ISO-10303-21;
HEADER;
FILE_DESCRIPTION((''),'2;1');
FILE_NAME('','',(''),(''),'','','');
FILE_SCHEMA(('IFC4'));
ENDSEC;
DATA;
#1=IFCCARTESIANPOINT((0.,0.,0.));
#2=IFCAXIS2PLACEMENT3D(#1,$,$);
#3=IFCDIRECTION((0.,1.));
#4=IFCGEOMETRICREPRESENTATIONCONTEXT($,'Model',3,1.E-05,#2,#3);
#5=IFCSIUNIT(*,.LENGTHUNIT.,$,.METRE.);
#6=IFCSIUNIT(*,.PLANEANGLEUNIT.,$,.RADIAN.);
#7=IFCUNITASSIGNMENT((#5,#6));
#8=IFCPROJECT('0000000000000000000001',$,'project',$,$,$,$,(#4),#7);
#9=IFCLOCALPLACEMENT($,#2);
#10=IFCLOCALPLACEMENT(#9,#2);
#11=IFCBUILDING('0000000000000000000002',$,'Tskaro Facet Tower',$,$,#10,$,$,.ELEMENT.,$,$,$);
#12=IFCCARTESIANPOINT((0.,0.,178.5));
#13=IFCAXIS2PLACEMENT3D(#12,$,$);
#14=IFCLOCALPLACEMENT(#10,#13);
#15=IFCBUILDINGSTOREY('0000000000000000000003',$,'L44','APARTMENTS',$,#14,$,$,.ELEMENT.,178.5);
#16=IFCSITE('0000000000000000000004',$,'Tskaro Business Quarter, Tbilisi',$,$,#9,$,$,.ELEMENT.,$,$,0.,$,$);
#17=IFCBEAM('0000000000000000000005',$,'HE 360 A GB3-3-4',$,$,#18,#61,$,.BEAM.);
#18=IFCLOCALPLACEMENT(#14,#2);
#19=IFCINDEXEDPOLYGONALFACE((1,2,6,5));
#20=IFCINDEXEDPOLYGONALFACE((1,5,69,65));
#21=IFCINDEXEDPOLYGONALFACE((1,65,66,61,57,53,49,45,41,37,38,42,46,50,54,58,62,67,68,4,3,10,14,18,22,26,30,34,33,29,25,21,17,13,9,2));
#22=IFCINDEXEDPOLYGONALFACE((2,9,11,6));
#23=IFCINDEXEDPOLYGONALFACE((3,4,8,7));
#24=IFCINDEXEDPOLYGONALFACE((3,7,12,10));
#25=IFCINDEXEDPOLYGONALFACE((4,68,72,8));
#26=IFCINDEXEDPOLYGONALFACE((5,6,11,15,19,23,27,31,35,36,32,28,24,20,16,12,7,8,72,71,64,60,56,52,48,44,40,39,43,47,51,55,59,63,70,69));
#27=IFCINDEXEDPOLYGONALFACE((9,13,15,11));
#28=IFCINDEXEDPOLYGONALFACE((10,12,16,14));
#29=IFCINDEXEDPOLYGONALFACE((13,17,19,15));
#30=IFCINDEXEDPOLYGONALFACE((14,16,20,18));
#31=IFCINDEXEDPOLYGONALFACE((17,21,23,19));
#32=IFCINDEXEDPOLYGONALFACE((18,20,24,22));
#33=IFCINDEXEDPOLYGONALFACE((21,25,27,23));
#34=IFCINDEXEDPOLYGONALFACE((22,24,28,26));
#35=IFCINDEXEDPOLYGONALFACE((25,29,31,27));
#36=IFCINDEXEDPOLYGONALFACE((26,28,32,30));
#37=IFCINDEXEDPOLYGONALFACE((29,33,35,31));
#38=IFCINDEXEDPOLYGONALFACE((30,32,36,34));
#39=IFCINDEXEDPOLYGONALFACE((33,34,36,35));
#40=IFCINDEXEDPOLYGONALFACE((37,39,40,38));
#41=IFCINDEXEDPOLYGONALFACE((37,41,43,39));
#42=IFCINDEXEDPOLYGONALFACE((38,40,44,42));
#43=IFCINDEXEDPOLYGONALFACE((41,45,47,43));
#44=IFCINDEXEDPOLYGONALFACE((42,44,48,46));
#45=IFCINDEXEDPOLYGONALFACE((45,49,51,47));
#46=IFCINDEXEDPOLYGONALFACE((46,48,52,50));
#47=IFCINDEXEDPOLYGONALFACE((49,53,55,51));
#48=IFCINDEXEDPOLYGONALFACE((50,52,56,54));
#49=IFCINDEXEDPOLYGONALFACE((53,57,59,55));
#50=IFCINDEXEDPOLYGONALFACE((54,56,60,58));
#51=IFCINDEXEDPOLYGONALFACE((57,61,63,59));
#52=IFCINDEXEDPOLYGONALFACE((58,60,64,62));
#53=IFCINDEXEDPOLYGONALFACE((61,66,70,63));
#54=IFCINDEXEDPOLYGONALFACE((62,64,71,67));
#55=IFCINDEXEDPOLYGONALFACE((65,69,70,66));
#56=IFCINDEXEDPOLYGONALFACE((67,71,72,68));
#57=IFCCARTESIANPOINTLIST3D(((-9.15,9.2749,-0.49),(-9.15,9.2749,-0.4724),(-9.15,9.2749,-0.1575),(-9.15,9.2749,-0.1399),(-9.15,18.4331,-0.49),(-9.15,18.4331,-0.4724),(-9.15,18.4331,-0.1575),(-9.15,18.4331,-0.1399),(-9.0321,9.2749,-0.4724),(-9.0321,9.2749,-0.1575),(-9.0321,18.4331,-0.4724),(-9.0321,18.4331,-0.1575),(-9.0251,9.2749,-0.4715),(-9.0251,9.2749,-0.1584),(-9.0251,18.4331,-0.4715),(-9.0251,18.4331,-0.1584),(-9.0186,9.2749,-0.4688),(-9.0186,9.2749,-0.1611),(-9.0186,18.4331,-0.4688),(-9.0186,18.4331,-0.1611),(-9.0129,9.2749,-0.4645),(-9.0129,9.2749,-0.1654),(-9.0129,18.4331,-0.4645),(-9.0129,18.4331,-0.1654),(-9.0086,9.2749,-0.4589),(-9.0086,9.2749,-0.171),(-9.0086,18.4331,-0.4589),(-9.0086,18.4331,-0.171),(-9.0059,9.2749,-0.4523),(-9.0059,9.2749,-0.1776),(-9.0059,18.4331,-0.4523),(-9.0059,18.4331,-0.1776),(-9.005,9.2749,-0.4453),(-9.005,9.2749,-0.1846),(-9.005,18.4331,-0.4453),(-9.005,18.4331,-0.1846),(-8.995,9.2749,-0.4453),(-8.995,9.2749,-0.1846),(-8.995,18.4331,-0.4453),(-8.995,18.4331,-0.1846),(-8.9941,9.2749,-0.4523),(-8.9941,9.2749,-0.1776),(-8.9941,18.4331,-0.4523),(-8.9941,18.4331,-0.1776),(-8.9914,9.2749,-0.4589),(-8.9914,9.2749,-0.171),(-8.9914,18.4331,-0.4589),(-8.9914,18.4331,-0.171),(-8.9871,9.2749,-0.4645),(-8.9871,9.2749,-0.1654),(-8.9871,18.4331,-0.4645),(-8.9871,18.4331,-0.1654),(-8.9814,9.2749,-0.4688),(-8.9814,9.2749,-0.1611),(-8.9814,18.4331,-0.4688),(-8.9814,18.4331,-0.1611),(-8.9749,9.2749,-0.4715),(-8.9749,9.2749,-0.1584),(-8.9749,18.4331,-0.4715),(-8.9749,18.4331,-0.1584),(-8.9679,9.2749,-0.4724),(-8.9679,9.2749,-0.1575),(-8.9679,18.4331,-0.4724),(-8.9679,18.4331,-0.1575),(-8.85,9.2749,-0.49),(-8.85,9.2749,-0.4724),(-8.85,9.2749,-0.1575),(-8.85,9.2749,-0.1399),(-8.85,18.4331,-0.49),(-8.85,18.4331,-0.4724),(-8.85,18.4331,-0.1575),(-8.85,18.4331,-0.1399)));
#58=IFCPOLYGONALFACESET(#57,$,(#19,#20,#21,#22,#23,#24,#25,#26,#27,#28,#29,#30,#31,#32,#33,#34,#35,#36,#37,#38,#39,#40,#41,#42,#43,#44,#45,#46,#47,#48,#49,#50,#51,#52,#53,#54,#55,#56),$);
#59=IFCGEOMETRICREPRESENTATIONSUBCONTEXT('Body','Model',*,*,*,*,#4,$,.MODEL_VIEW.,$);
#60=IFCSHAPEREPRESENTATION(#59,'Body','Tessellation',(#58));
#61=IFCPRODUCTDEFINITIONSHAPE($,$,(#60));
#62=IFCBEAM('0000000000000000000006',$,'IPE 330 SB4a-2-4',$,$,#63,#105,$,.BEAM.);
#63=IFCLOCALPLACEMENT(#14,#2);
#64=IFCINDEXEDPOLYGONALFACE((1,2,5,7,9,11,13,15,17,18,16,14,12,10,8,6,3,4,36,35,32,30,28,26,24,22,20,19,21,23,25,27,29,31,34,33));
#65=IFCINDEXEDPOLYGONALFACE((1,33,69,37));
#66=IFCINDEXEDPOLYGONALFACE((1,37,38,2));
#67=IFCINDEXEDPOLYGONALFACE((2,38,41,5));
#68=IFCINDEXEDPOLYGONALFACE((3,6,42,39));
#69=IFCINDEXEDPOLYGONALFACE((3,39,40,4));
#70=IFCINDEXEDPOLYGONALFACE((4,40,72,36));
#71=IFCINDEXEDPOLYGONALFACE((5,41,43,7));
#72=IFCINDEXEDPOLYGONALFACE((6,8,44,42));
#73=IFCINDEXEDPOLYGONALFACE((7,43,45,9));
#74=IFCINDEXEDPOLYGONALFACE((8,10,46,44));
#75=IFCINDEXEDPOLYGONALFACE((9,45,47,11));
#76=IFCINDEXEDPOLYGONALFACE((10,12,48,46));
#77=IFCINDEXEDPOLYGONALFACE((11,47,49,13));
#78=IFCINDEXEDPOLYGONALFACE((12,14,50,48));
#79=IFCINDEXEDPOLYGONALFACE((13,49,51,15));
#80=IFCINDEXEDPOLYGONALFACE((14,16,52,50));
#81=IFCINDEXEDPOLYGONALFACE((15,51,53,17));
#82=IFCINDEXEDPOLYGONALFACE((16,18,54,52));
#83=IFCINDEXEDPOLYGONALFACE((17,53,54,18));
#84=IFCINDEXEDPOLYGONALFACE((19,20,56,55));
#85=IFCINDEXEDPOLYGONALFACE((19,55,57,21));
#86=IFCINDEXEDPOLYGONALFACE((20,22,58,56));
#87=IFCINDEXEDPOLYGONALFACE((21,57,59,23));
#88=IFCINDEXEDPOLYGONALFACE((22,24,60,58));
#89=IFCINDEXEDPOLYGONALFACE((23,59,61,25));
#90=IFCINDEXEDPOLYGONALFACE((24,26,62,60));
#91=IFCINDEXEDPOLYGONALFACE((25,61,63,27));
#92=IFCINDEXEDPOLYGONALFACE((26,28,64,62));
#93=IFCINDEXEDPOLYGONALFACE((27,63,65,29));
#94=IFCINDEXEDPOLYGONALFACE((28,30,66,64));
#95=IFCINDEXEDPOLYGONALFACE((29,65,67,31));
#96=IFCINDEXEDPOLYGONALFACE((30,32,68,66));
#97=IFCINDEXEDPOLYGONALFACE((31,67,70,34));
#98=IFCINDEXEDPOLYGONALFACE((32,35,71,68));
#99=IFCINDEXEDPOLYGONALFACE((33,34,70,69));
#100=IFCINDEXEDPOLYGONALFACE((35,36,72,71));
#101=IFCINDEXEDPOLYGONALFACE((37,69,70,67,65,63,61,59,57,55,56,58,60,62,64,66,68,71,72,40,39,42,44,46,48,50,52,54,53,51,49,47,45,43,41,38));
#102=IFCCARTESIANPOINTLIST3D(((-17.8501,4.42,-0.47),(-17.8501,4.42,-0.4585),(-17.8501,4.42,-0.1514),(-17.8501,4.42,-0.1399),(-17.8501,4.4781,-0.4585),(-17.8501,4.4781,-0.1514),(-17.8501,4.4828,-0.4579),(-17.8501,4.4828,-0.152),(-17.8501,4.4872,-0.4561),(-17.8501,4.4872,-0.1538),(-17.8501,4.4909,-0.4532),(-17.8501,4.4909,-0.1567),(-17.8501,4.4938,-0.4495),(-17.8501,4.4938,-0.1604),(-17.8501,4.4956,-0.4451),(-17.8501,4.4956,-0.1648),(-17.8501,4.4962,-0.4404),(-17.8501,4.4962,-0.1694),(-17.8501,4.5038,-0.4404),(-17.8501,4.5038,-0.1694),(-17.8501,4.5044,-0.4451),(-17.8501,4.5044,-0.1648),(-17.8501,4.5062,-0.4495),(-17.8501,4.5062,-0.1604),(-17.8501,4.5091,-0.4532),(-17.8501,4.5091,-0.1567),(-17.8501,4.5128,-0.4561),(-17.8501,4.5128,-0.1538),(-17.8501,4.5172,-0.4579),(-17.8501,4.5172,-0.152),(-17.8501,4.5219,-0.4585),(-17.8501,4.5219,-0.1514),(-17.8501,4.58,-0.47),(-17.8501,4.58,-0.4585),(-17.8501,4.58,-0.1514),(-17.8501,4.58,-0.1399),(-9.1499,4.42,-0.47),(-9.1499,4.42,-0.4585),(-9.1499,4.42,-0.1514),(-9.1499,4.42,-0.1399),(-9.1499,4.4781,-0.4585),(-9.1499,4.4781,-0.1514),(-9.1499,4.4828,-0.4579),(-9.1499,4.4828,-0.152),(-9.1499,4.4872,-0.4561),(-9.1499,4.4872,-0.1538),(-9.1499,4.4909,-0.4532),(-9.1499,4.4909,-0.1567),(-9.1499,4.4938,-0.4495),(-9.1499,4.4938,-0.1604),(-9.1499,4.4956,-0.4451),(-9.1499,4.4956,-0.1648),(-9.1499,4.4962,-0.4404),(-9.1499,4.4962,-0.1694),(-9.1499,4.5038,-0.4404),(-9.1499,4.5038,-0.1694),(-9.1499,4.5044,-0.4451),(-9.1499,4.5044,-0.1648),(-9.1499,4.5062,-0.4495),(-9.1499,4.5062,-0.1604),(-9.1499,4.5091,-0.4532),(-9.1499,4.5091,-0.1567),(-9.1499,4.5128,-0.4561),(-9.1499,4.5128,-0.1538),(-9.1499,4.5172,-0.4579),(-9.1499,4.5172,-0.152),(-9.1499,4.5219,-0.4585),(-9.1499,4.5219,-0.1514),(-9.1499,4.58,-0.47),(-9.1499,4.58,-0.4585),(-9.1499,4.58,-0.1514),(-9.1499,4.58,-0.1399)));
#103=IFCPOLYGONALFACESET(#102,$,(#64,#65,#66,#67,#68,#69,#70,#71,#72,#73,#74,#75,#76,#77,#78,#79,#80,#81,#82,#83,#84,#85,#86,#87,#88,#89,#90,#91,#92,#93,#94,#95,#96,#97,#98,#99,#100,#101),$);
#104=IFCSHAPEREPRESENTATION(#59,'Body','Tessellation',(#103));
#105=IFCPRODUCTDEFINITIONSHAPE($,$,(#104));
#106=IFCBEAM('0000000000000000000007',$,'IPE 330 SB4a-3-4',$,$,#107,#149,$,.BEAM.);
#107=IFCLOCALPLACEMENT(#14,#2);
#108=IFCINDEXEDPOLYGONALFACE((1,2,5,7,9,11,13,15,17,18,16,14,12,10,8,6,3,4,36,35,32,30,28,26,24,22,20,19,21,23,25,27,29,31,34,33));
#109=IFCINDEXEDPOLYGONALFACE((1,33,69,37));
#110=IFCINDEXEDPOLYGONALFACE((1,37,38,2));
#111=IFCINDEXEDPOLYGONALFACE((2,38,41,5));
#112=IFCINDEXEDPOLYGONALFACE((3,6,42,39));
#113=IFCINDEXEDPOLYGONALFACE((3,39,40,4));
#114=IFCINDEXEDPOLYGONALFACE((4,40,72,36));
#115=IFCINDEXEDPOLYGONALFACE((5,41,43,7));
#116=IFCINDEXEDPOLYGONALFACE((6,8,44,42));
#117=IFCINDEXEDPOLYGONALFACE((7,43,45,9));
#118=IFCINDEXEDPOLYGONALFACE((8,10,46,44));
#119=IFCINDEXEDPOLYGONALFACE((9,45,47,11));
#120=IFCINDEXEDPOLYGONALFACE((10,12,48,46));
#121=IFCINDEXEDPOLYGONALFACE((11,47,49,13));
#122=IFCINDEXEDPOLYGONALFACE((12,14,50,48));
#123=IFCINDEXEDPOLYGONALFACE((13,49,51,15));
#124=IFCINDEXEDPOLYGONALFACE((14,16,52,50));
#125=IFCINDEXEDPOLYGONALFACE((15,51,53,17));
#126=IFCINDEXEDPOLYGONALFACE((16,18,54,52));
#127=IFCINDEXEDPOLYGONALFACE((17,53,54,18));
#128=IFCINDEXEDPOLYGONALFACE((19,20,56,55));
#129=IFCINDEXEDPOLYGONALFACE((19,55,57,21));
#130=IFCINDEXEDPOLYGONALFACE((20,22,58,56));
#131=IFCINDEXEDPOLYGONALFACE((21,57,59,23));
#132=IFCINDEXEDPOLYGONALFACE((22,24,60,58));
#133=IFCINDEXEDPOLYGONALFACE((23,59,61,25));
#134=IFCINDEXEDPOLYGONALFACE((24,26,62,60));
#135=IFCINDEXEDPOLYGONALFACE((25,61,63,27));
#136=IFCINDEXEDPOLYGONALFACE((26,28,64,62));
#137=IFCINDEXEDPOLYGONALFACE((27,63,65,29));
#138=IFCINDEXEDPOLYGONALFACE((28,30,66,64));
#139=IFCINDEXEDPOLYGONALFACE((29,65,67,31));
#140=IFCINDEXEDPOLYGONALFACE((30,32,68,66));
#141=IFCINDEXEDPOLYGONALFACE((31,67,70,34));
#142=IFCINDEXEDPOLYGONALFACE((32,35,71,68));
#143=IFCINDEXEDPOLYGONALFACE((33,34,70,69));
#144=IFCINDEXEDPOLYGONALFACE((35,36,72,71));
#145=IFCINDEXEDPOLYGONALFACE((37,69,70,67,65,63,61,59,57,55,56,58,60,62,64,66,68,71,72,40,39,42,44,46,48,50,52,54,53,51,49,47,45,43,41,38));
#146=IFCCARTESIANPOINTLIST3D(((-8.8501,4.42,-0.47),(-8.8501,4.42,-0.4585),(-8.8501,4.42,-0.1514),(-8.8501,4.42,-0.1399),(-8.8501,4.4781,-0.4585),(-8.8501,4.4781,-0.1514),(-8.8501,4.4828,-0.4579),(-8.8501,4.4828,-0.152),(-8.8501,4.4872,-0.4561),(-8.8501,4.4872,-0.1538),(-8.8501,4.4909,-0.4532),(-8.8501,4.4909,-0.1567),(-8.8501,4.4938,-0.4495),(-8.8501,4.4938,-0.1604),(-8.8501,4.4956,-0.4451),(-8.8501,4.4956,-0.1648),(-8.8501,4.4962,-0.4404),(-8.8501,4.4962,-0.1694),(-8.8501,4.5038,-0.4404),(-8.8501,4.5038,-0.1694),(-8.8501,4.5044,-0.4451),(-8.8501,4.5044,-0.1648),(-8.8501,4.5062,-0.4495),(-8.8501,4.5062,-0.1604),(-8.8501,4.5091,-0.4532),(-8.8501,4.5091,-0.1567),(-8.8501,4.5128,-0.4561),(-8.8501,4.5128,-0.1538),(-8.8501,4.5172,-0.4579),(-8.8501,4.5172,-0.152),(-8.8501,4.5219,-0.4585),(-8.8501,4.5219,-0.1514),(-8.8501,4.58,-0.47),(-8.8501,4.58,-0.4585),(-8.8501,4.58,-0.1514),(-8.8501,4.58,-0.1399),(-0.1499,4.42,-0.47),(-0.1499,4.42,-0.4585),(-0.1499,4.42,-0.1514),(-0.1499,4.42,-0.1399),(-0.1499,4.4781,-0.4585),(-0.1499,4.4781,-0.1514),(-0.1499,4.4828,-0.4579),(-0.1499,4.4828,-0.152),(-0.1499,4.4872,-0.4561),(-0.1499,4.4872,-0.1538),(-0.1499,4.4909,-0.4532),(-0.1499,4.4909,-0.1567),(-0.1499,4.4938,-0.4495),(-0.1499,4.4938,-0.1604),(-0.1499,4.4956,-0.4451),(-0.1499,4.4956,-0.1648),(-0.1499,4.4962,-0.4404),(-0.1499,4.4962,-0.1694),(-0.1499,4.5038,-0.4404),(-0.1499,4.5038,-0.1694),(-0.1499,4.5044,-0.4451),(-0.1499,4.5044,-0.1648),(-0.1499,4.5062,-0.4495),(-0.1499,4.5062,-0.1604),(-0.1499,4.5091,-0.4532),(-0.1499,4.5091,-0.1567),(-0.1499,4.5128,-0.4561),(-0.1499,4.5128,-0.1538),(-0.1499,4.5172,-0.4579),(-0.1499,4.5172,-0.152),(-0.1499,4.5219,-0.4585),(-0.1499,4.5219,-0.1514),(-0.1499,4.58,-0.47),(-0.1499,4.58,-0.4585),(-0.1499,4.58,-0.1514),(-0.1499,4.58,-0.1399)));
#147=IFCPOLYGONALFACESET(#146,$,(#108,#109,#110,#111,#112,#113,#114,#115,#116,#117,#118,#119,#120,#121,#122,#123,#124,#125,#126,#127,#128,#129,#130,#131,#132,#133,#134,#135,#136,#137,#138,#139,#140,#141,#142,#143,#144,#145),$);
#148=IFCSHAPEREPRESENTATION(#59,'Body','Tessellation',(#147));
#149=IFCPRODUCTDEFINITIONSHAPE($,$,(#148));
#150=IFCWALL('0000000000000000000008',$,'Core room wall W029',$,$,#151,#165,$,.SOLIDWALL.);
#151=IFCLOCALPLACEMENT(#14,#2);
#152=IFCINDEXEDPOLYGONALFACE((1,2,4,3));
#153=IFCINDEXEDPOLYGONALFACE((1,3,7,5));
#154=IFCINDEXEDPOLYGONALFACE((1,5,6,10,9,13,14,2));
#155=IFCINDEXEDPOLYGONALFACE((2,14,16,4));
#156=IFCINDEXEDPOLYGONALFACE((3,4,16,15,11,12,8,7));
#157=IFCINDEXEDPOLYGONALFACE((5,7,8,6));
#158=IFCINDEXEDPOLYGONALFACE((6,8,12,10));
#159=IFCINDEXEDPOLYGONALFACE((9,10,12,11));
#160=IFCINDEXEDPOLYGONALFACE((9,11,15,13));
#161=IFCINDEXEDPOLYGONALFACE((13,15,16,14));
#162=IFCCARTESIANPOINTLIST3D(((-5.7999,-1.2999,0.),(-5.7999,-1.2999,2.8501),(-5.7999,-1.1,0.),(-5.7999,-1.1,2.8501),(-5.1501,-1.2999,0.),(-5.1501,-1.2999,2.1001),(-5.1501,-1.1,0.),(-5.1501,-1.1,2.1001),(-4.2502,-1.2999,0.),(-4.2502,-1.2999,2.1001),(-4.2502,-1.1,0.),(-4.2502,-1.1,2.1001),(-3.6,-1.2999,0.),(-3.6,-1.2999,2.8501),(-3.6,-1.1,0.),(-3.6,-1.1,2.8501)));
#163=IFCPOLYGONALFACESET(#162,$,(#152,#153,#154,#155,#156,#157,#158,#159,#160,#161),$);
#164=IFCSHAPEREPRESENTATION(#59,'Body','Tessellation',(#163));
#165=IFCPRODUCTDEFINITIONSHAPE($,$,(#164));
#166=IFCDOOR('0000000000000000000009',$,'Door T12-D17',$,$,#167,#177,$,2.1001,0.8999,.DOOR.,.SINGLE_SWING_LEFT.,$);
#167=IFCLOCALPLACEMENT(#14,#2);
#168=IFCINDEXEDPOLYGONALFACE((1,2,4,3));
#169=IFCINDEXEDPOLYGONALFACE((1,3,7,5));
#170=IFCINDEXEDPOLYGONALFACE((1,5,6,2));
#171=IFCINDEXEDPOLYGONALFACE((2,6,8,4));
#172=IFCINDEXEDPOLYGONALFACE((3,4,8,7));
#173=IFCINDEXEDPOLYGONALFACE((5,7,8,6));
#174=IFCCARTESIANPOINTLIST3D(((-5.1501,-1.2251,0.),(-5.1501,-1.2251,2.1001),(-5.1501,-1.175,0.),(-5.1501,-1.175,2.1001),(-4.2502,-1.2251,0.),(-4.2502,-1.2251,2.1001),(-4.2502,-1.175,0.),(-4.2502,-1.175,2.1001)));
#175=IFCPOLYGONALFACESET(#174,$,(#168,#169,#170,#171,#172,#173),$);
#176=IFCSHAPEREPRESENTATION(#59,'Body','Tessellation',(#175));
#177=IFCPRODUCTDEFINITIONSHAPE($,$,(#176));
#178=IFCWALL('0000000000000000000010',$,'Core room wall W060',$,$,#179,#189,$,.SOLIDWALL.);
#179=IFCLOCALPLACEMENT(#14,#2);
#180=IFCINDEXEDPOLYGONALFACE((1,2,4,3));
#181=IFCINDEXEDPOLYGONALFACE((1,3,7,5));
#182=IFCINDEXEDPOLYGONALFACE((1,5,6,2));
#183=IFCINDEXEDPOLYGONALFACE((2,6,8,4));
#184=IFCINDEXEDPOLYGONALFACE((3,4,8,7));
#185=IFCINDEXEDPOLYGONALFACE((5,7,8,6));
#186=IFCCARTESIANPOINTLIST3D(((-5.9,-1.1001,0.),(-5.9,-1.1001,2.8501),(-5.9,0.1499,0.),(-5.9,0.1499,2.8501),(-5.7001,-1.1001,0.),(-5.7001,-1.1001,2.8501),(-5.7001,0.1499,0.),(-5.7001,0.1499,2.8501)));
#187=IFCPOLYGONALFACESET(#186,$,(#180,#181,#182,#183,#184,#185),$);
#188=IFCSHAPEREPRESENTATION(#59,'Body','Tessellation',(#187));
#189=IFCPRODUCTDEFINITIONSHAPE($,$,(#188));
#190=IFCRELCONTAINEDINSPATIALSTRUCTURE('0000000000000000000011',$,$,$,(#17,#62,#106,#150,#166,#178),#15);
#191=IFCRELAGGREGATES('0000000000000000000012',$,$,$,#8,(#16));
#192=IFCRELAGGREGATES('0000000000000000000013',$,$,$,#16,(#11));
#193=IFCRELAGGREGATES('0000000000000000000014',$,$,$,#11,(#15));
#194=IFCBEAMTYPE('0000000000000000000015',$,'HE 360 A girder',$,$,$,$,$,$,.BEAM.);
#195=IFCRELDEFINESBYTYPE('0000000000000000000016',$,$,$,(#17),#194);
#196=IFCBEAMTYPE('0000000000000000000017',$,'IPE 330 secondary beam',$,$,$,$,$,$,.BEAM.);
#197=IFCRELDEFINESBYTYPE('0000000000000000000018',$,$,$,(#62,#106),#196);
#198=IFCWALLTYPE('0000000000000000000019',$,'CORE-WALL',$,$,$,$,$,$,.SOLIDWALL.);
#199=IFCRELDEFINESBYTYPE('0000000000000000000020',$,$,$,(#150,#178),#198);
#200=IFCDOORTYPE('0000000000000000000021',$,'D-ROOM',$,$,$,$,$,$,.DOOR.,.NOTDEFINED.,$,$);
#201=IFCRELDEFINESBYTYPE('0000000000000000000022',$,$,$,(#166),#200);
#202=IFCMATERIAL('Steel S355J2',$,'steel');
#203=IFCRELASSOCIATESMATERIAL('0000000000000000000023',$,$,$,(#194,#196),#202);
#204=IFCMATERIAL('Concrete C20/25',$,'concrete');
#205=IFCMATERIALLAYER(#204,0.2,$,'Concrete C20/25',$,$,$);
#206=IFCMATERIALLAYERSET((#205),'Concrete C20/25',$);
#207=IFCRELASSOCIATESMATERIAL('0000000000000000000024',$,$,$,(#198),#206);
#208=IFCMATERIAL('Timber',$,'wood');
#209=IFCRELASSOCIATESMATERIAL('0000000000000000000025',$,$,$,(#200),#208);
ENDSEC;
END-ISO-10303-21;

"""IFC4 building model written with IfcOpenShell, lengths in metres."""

from ifc_helpers import new_model, si_unit, direction, frame, frame_2d, origin, origin_2d, place, context, subcontext, project, spatial, rectangle, i_section, extrude, material, layer, layer_set, material_profile, profile_set, type_object, element, fill, save


model = new_model("IFC4")

# Units and contexts
model_context = context("Model", 3, precision=1e-05, world=origin(), true_north=direction((0.0, 1.0)))
body_context = subcontext(model_context, "Body", "Model", "MODEL_VIEW")
ifc_project = project(units=[si_unit("LENGTHUNIT", "METRE"), si_unit("PLANEANGLEUNIT", "RADIAN")], contexts=[model_context])

# Site, building, storey
site_placement = place(None, origin())
site = spatial("IfcSite", under=ifc_project, at=site_placement, Name="Tskaro Business Quarter, Tbilisi", CompositionType="ELEMENT", RefElevation=0.0)
building_placement = place(site_placement, origin())
building = spatial("IfcBuilding", under=site, at=building_placement, Name="Tskaro Facet Tower", CompositionType="ELEMENT")
storey_placement = place(building_placement, frame((0.0, 0.0, 178.5)))
storey = spatial("IfcBuildingStorey", under=building, at=storey_placement, Name="L44", Description="APARTMENTS", CompositionType="ELEMENT", Elevation=178.5)

# Beams
ifc_material_1 = material(Name="Steel S355J2", Category="steel")
ifc_material_profile_1 = material_profile(ifc_material_1, i_section(OverallWidth=0.3, OverallDepth=0.3501, WebThickness=0.01, FlangeThickness=0.0176, FilletRadius=0.0271, at=origin_2d()), Name="HE 360 A")
ifc_profile_set_1 = profile_set([ifc_material_profile_1], Name="Steel S355J2")
beam_type_1 = type_object("IfcBeamType", Name="HE 360 A girder", PredefinedType="BEAM", material=ifc_profile_set_1)
beam_1_placement = place(storey_placement, frame((-9.0, 9.2749, -0.3149), z_axis=(0.0, 1.0, 0.0), x_axis=(-1.0, 0.0, 0.0)))
element("IfcBeam", 1, at=beam_1_placement, inside=storey, type_object=beam_type_1, Name="HE 360 A GB3-3-4", PredefinedType="BEAM", context=body_context, shape_type="SweptSolid", body=[
    extrude(i_section(OverallWidth=0.3, OverallDepth=0.3501, WebThickness=0.01, FlangeThickness=0.0176, FilletRadius=0.0271, at=origin_2d()), origin(), (0.0, 0.0, 1.0), 9.1582),
])
ifc_material_profile_2 = material_profile(ifc_material_1, i_section(OverallWidth=0.1599, OverallDepth=0.3301, WebThickness=0.0076, FlangeThickness=0.0115, FilletRadius=0.0181, at=origin_2d()), Name="IPE 330")
ifc_profile_set_2 = profile_set([ifc_material_profile_2], Name="Steel S355J2")
beam_type_2 = type_object("IfcBeamType", Name="IPE 330 secondary beam", PredefinedType="BEAM", material=ifc_profile_set_2)
for number, where, z_axis, x_axis, name in (
    (2, (-17.8501, 4.5, -0.3049), (1.0, 0.0, 0.0), (0.0, 1.0, 0.0), "IPE 330 SB4a-2-4"),
    (3, (-8.8501, 4.5, -0.3049), (1.0, 0.0, 0.0), (0.0, 1.0, 0.0), "IPE 330 SB4a-3-4"),
):
    element("IfcBeam", number, at=place(storey_placement, frame(where, z_axis=z_axis, x_axis=x_axis)), inside=storey, type_object=beam_type_2, Name=name, PredefinedType="BEAM", context=body_context, shape_type="SweptSolid", body=[
        extrude(i_section(OverallWidth=0.1599, OverallDepth=0.3301, WebThickness=0.0076, FlangeThickness=0.0115, FilletRadius=0.0181, at=origin_2d()), origin(), (0.0, 0.0, 1.0), 8.7002),
    ])

# Wall, opening, door
ifc_material_2 = material(Name="Concrete C20/25", Category="concrete")
ifc_layer_1 = layer(ifc_material_2, 0.2, Name="Concrete C20/25")
ifc_layer_set_1 = layer_set([ifc_layer_1], Name="Concrete C20/25")
wall_type_1 = type_object("IfcWallType", Name="CORE-WALL", PredefinedType="SOLIDWALL", material=ifc_layer_set_1)
wall_1_placement = place(storey_placement, frame((-5.8, -1.2, 0.0), z_axis=(0.0, 0.0, 1.0), x_axis=(1.0, 0.0, 0.0)))
wall_1 = element("IfcWall", 4, at=wall_1_placement, inside=storey, type_object=wall_type_1, Name="Core room wall W029", PredefinedType="SOLIDWALL", context=body_context, shape_type="SweptSolid", body=[
    extrude(rectangle(XDim=2.2, YDim=0.2, at=frame_2d((1.1001, 0.0))), origin(), (0.0, 0.0, 1.0), 2.8501),
])
opening_1_placement = place(wall_1_placement, frame((0.6499, 0.0, 0.0)))
opening_1 = element("IfcOpeningElement", 5, at=opening_1_placement, cuts=wall_1, PredefinedType="OPENING", context=body_context, shape_type="SweptSolid", body=[
    extrude(rectangle(XDim=0.8999, YDim=2.1001, at=frame_2d((0.45, 1.05))), frame((0.0, 0.1099, 0.0), z_axis=(0.0, -1.0, 0.0), x_axis=(1.0, 0.0, 0.0)), (0.0, 0.0, 1.0), 0.22),
])
ifc_material_3 = material(Name="Timber", Category="wood")
door_type_1 = type_object("IfcDoorType", Name="D-ROOM", OperationType="NOTDEFINED", PredefinedType="DOOR", material=ifc_material_3)
door_1_placement = place(opening_1_placement, origin())
door_1 = element("IfcDoor", 6, at=door_1_placement, inside=storey, type_object=door_type_1, Name="Door T12-D17", OperationType="SINGLE_SWING_LEFT", OverallHeight=2.1001, OverallWidth=0.8999, PredefinedType="DOOR", context=body_context, shape_type="SweptSolid", body=[
    extrude(rectangle(XDim=0.8999, YDim=2.1001, at=frame_2d((0.45, 1.05))), frame((0.0, 0.0249, 0.0), z_axis=(0.0, -1.0, 0.0), x_axis=(1.0, 0.0, 0.0)), (0.0, 0.0, 1.0), 0.05),
])
fill(opening_1, door_1)

# Wall
for number, where, z_axis, x_axis, name in (
    (7, (-5.8, -1.1001, 0.0), (0.0, 0.0, 1.0), (0.0, 1.0, 0.0), "Core room wall W060"),
):
    element("IfcWall", number, at=place(storey_placement, frame(where, z_axis=z_axis, x_axis=x_axis)), inside=storey, type_object=wall_type_1, Name=name, PredefinedType="SOLIDWALL", context=body_context, shape_type="SweptSolid", body=[
        extrude(rectangle(XDim=1.25, YDim=0.2, at=frame_2d((0.625, 0.0))), origin(), (0.0, 0.0, 1.0), 2.8501),
    ])

save(model, "model.ifc")
